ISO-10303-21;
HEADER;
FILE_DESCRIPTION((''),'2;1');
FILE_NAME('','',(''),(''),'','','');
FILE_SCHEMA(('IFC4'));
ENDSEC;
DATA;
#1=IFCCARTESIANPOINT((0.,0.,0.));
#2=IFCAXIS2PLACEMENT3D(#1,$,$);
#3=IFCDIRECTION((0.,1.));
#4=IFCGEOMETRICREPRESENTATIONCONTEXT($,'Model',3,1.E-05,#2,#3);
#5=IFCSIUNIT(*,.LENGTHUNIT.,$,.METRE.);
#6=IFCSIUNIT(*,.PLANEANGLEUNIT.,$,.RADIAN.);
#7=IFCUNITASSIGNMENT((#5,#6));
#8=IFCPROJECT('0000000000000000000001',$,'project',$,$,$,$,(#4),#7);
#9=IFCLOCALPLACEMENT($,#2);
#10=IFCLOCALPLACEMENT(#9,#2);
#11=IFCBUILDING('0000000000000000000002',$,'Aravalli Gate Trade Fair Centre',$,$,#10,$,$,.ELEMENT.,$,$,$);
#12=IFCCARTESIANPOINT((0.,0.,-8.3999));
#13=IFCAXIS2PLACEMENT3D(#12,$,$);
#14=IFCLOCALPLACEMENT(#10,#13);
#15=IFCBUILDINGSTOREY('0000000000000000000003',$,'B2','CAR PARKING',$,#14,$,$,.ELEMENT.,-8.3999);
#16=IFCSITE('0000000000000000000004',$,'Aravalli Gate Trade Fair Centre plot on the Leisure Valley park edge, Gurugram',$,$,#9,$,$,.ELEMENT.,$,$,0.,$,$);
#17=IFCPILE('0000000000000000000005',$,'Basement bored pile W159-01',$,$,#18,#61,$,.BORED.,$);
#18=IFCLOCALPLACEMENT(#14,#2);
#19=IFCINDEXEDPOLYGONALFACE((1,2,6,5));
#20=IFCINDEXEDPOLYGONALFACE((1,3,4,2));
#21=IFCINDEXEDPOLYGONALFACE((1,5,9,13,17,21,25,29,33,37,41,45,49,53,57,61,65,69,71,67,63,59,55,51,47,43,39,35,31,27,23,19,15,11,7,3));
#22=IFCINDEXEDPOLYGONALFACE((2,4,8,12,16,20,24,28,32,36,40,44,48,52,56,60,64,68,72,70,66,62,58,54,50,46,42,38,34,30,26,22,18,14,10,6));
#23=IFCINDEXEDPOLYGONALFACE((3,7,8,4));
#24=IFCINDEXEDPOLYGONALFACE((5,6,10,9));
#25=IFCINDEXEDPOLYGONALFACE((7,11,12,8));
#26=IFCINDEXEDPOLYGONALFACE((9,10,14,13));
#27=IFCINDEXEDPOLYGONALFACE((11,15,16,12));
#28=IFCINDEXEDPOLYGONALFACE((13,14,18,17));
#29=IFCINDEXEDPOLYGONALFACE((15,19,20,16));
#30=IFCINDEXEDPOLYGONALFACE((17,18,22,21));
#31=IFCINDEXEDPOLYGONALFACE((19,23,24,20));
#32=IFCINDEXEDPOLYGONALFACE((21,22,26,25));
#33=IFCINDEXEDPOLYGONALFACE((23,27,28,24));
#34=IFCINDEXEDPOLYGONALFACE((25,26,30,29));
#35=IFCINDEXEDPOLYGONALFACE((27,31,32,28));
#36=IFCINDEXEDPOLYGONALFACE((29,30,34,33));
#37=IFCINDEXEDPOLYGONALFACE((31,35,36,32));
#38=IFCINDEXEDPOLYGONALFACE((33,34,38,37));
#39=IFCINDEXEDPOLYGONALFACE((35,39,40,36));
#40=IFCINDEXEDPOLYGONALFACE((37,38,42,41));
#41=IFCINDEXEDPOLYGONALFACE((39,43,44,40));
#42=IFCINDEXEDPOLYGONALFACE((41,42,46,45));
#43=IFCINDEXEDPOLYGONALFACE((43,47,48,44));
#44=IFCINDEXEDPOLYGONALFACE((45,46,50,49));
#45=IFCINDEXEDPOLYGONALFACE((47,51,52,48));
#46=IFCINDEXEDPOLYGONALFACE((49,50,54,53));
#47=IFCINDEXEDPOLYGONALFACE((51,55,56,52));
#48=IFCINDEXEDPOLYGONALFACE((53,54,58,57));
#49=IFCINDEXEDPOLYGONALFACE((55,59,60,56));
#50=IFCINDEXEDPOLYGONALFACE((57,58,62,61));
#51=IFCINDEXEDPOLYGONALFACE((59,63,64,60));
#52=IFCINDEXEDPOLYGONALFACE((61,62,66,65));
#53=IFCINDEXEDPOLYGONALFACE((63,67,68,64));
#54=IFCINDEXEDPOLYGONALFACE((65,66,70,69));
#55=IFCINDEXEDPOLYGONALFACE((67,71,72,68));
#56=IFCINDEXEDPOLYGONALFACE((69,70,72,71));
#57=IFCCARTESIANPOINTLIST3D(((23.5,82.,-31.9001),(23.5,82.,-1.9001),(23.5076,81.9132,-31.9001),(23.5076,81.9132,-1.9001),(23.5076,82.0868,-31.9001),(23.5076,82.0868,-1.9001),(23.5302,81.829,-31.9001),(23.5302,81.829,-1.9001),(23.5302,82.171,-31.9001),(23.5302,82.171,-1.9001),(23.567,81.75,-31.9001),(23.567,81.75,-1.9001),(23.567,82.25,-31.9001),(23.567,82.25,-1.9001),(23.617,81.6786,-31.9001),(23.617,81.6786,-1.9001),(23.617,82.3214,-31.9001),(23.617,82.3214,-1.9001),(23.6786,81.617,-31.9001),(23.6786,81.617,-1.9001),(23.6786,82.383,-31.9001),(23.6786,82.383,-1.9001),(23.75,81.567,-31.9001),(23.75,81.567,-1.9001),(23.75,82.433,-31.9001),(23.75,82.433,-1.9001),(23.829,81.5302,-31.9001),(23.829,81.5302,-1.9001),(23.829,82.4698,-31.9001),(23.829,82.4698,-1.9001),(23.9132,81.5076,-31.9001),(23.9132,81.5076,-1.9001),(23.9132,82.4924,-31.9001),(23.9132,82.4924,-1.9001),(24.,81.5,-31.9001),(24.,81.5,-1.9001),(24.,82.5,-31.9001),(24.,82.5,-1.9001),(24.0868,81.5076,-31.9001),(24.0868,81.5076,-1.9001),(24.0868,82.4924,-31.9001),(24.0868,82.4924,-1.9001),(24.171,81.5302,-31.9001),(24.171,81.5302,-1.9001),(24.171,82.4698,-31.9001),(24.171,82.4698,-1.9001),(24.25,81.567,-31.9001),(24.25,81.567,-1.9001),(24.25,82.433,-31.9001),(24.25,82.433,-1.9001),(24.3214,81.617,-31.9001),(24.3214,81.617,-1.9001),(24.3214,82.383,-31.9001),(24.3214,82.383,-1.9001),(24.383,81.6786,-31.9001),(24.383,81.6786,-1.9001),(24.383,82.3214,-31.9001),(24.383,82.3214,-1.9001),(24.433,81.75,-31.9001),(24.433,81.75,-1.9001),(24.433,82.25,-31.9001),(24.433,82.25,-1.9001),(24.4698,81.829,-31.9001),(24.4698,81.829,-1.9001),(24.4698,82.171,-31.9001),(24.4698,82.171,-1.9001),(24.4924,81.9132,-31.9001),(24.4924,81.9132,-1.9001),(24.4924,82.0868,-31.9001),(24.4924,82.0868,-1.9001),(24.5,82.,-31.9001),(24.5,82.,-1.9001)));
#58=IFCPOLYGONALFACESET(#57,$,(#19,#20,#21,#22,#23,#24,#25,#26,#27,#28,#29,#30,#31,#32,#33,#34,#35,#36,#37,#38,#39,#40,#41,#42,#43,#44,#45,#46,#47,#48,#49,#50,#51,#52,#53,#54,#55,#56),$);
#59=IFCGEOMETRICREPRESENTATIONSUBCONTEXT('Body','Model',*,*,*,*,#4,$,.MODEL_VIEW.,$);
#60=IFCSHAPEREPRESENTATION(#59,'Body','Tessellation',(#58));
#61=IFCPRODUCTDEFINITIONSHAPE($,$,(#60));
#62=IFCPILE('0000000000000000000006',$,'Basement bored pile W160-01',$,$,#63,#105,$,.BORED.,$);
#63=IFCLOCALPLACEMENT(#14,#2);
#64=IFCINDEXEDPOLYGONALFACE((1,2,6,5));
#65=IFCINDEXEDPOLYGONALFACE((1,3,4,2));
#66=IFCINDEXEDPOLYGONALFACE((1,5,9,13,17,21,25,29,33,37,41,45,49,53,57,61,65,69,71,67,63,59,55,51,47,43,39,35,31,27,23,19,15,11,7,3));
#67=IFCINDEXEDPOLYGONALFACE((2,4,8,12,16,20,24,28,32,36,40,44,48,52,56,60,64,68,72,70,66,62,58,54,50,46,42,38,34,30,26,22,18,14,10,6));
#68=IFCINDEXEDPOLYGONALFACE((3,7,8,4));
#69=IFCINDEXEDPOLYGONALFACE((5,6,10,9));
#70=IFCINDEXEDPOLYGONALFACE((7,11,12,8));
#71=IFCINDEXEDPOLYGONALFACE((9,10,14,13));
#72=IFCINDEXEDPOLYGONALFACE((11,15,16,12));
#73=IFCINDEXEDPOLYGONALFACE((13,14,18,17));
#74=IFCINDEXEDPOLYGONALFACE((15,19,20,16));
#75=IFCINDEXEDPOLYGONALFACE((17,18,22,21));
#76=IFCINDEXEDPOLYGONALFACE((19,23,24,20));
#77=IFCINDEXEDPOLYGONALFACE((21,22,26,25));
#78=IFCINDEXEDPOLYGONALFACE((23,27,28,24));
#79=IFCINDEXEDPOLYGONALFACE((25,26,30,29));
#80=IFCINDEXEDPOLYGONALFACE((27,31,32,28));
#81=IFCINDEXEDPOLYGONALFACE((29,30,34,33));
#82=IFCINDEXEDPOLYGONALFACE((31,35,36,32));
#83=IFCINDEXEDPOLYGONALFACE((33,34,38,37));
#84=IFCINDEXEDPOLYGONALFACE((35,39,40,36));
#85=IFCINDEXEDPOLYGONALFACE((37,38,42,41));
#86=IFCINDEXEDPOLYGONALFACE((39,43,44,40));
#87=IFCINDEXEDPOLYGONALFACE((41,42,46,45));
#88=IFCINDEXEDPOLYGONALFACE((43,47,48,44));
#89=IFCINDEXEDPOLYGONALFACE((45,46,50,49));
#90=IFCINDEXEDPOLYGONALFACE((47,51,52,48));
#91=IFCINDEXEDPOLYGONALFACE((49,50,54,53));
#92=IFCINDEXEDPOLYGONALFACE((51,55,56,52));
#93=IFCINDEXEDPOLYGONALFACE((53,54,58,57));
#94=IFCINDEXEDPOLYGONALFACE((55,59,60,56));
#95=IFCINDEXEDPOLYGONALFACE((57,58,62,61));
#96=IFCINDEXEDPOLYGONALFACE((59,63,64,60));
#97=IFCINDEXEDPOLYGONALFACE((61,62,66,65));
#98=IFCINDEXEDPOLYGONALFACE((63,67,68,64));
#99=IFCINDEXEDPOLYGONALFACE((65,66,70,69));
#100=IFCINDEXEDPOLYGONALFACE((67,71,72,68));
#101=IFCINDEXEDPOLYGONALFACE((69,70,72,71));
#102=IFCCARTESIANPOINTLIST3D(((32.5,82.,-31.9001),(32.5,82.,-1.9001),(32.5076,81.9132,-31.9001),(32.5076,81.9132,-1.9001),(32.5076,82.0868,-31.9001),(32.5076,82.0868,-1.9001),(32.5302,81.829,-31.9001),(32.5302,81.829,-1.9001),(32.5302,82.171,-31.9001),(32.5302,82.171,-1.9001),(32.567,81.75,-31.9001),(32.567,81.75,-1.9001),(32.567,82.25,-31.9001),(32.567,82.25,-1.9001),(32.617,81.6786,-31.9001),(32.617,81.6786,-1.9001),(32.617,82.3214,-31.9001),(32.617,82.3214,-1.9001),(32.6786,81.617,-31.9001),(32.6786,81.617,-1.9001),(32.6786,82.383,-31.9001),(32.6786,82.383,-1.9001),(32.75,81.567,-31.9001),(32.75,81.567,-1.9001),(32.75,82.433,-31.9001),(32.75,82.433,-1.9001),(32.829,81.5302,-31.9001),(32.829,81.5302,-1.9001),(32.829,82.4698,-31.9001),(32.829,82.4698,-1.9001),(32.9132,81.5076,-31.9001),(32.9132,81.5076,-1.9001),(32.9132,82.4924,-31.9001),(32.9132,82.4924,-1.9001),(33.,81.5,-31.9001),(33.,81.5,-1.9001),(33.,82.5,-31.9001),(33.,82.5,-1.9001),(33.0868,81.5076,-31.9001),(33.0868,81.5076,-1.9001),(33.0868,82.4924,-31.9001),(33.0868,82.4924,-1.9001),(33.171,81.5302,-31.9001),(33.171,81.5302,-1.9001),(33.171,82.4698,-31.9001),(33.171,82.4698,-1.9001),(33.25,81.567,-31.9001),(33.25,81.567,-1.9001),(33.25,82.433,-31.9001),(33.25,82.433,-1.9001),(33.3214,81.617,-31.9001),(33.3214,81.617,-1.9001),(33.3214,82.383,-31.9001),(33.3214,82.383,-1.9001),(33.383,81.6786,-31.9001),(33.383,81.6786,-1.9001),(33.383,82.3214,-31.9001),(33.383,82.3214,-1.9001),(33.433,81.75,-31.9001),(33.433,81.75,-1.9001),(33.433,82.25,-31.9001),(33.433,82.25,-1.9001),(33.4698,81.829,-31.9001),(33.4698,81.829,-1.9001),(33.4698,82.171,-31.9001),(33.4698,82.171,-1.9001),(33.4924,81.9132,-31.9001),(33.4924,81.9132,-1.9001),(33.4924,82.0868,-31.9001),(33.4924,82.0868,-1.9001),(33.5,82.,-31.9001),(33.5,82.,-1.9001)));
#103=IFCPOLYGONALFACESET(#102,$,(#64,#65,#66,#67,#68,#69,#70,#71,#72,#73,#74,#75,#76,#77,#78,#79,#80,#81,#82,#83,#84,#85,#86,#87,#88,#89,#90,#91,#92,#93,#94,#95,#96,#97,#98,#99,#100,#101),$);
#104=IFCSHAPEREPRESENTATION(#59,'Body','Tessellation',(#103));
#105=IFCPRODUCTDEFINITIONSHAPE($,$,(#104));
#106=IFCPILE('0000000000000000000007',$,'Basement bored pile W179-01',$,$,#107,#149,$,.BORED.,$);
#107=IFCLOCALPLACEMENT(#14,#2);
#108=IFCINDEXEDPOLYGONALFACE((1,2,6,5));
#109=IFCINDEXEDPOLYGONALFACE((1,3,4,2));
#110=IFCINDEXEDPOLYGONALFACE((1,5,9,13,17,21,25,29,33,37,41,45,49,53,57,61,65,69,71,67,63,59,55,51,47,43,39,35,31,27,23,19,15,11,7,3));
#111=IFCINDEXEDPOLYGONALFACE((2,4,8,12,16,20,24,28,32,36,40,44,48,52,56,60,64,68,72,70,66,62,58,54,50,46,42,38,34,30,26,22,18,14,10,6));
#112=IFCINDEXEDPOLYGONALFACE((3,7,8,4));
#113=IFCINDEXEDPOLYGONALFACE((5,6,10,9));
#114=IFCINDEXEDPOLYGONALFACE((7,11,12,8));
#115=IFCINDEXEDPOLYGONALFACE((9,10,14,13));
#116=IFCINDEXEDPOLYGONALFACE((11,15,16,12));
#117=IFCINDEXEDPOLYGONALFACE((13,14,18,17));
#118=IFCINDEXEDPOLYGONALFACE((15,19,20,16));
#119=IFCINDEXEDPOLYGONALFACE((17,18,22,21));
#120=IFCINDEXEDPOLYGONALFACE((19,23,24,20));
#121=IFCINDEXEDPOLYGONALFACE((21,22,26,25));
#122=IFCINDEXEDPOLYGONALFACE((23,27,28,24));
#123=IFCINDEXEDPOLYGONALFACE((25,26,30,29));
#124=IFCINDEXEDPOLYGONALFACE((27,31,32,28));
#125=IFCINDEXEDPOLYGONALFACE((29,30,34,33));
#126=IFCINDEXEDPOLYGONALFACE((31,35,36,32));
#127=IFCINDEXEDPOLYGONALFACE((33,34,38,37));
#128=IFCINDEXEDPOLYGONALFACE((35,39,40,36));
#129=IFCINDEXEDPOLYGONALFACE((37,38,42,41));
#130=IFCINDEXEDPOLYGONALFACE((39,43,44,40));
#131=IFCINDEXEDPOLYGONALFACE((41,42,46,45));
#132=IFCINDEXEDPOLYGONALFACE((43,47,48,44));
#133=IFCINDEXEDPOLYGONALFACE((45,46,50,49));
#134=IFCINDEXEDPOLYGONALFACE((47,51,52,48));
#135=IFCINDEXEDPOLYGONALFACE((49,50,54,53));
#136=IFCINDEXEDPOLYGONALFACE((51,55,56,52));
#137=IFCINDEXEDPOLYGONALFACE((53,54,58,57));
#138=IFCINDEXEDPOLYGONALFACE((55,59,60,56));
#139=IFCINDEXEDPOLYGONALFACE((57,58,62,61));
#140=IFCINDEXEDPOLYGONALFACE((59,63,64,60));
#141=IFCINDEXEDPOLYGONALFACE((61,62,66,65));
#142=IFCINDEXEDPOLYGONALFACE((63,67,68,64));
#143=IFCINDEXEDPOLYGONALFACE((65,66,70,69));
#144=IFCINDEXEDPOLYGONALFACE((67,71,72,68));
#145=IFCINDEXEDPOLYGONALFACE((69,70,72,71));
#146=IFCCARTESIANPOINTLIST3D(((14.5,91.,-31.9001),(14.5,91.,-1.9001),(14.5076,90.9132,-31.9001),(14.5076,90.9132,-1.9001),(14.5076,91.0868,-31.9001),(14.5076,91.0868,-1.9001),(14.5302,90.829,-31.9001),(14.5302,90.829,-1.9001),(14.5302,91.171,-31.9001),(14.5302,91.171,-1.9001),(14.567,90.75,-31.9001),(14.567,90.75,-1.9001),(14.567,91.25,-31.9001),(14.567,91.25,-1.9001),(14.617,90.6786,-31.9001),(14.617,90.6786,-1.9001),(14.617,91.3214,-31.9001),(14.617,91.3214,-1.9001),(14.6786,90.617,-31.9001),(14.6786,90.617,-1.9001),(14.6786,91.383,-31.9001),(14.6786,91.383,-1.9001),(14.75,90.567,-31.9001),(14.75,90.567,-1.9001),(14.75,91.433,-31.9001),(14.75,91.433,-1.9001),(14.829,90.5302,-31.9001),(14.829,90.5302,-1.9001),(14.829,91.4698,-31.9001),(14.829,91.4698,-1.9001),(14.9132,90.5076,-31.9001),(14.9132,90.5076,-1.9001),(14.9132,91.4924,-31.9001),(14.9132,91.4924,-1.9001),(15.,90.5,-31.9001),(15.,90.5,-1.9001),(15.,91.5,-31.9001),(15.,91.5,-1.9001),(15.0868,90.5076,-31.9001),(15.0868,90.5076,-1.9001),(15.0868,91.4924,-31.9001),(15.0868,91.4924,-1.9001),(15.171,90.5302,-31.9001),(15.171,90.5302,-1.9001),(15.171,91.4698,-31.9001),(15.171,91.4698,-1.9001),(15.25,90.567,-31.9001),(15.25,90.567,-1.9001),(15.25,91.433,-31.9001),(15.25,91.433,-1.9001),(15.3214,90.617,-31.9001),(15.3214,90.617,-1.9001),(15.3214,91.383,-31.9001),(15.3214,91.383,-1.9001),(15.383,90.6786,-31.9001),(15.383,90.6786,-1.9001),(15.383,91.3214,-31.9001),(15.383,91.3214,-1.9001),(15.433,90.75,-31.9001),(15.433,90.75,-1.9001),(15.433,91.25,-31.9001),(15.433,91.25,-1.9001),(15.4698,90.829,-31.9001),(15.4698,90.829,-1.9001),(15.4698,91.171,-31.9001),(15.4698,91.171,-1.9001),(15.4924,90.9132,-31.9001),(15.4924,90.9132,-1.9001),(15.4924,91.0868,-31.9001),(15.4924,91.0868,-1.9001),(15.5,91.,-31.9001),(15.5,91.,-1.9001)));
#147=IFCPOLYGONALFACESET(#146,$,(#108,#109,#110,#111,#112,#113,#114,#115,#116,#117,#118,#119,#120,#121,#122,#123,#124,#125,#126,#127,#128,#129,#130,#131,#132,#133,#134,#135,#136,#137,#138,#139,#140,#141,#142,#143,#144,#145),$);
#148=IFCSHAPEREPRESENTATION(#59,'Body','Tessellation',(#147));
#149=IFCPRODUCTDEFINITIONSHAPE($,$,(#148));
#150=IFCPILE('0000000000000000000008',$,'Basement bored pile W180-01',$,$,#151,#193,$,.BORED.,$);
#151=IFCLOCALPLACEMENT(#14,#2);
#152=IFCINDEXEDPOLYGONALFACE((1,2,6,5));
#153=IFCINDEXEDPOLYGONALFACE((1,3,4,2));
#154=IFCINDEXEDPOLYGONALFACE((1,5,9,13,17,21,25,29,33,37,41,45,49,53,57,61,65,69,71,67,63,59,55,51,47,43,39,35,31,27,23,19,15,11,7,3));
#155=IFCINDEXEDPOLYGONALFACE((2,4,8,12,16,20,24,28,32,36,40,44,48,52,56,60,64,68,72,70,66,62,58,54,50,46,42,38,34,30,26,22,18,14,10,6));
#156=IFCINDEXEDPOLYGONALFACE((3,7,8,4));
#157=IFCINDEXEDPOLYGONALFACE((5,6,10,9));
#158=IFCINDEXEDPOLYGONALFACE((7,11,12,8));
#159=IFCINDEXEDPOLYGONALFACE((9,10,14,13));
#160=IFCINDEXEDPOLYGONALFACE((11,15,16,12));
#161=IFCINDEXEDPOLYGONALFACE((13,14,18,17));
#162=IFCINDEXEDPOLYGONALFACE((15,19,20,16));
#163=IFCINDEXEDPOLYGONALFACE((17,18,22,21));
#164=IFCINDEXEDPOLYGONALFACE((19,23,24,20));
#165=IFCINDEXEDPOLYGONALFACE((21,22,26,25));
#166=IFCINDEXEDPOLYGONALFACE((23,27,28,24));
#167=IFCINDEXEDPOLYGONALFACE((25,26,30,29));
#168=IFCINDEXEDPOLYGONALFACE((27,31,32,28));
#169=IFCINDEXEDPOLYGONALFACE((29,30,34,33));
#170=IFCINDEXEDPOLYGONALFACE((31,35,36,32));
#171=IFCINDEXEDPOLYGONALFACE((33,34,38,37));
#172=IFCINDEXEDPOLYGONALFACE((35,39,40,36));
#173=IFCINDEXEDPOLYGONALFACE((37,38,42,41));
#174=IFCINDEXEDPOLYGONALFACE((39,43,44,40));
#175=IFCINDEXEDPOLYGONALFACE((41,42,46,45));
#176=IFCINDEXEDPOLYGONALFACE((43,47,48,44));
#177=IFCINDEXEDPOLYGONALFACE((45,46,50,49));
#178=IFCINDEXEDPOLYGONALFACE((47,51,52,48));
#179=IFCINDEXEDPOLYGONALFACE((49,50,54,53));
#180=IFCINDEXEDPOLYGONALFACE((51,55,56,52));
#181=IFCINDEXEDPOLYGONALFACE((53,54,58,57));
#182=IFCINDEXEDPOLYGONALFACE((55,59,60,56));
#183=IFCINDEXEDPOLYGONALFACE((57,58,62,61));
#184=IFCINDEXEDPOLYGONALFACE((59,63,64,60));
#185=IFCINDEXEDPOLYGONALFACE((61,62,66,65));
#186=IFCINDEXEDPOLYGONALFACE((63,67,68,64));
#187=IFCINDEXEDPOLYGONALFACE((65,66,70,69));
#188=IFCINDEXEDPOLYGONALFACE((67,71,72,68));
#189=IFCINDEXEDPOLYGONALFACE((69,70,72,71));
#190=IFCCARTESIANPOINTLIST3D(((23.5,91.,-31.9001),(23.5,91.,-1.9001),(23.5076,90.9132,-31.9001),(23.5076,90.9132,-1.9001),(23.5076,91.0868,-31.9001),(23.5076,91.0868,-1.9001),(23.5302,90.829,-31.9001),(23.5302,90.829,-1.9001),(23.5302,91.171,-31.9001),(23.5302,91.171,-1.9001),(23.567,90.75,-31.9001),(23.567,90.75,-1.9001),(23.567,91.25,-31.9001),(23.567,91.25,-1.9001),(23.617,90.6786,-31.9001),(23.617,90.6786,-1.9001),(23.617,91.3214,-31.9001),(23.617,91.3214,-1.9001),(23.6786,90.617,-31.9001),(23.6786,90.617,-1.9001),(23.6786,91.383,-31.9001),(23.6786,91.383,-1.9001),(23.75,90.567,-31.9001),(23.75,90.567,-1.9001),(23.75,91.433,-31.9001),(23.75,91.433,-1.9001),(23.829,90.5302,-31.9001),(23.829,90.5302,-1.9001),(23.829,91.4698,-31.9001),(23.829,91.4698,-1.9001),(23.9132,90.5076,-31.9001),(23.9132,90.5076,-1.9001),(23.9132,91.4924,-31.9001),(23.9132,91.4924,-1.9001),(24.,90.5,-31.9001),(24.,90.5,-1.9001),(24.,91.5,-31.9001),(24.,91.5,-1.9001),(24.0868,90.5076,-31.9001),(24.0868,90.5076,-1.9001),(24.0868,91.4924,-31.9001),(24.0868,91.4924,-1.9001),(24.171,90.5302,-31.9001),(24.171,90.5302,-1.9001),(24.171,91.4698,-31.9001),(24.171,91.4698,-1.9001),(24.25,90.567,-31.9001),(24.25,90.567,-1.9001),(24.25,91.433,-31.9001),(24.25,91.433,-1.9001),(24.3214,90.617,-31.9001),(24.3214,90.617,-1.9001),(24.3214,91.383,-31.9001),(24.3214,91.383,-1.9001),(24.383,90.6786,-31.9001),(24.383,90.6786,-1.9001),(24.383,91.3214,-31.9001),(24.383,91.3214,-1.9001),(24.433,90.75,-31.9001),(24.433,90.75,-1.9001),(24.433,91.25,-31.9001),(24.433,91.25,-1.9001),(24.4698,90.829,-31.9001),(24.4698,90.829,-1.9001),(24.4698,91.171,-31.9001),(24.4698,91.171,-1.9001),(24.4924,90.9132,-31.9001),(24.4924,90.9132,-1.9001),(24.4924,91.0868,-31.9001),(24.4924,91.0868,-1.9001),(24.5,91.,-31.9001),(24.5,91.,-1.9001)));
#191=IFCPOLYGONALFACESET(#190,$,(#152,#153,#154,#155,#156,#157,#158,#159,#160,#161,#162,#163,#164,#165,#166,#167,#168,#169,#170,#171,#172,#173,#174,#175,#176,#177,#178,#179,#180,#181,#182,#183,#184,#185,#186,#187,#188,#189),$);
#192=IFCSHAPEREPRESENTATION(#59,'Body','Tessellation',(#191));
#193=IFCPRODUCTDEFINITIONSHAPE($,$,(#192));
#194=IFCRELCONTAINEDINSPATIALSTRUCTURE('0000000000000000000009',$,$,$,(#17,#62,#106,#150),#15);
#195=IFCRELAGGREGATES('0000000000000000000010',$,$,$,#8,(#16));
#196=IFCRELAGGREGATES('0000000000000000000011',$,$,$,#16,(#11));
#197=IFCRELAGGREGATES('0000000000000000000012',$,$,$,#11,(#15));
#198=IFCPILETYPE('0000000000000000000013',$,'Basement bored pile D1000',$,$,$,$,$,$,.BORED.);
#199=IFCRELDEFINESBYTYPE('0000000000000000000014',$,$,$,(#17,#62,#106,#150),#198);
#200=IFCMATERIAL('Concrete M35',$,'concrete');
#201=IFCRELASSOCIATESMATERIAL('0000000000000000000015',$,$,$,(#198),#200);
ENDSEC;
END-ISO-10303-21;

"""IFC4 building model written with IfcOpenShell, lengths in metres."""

from ifc_helpers import new_model, si_unit, direction, frame, origin, origin_2d, place, context, subcontext, project, spatial, circle, extrude, material, material_profile, profile_set, type_object, element, save


model = new_model("IFC4")

# Units and contexts
model_context = context("Model", 3, precision=1e-05, world=origin(), true_north=direction((0.0, 1.0)))
body_context = subcontext(model_context, "Body", "Model", "MODEL_VIEW")
ifc_project = project(units=[si_unit("LENGTHUNIT", "METRE"), si_unit("PLANEANGLEUNIT", "RADIAN")], contexts=[model_context])

# Site, building, storey
site_placement = place(None, origin())
site = spatial("IfcSite", under=ifc_project, at=site_placement, Name="Aravalli Gate Trade Fair Centre plot on the Leisure Valley park edge, Gurugram", CompositionType="ELEMENT", RefElevation=0.0)
building_placement = place(site_placement, origin())
building = spatial("IfcBuilding", under=site, at=building_placement, Name="Aravalli Gate Trade Fair Centre", CompositionType="ELEMENT")
storey_placement = place(building_placement, frame((0.0, 0.0, -8.3999)))
storey = spatial("IfcBuildingStorey", under=building, at=storey_placement, Name="B2", Description="CAR PARKING", CompositionType="ELEMENT", Elevation=-8.3999)

# Piles
ifc_material_1 = material(Name="Concrete M35", Category="concrete")
ifc_material_profile_1 = material_profile(ifc_material_1, circle(Radius=0.5, at=origin_2d()), Name="D1000")
ifc_profile_set_1 = profile_set([ifc_material_profile_1], Name="Concrete M35")
pile_type = type_object("IfcPileType", Name="Basement bored pile D1000", PredefinedType="BORED", material=ifc_profile_set_1)
for number, where, z_axis, x_axis, name in (
    (1, (24.0, 82.0, -1.9001), (0.0, 0.0, -1.0), (1.0, 0.0, 0.0), "Basement bored pile W159-01"),
    (2, (33.0, 82.0, -1.9001), (0.0, 0.0, -1.0), (1.0, 0.0, 0.0), "Basement bored pile W160-01"),
    (3, (15.0, 91.0, -1.9001), (0.0, 0.0, -1.0), (1.0, 0.0, 0.0), "Basement bored pile W179-01"),
    (4, (24.0, 91.0, -1.9001), (0.0, 0.0, -1.0), (1.0, 0.0, 0.0), "Basement bored pile W180-01"),
):
    element("IfcPile", number, at=place(storey_placement, frame(where, z_axis=z_axis, x_axis=x_axis)), inside=storey, type_object=pile_type, Name=name, PredefinedType="BORED", context=body_context, shape_type="SweptSolid", body=[
        extrude(circle(Radius=0.5, at=origin_2d()), origin(), (0.0, 0.0, 1.0), 30.0),
    ])

save(model, "model.ifc")
